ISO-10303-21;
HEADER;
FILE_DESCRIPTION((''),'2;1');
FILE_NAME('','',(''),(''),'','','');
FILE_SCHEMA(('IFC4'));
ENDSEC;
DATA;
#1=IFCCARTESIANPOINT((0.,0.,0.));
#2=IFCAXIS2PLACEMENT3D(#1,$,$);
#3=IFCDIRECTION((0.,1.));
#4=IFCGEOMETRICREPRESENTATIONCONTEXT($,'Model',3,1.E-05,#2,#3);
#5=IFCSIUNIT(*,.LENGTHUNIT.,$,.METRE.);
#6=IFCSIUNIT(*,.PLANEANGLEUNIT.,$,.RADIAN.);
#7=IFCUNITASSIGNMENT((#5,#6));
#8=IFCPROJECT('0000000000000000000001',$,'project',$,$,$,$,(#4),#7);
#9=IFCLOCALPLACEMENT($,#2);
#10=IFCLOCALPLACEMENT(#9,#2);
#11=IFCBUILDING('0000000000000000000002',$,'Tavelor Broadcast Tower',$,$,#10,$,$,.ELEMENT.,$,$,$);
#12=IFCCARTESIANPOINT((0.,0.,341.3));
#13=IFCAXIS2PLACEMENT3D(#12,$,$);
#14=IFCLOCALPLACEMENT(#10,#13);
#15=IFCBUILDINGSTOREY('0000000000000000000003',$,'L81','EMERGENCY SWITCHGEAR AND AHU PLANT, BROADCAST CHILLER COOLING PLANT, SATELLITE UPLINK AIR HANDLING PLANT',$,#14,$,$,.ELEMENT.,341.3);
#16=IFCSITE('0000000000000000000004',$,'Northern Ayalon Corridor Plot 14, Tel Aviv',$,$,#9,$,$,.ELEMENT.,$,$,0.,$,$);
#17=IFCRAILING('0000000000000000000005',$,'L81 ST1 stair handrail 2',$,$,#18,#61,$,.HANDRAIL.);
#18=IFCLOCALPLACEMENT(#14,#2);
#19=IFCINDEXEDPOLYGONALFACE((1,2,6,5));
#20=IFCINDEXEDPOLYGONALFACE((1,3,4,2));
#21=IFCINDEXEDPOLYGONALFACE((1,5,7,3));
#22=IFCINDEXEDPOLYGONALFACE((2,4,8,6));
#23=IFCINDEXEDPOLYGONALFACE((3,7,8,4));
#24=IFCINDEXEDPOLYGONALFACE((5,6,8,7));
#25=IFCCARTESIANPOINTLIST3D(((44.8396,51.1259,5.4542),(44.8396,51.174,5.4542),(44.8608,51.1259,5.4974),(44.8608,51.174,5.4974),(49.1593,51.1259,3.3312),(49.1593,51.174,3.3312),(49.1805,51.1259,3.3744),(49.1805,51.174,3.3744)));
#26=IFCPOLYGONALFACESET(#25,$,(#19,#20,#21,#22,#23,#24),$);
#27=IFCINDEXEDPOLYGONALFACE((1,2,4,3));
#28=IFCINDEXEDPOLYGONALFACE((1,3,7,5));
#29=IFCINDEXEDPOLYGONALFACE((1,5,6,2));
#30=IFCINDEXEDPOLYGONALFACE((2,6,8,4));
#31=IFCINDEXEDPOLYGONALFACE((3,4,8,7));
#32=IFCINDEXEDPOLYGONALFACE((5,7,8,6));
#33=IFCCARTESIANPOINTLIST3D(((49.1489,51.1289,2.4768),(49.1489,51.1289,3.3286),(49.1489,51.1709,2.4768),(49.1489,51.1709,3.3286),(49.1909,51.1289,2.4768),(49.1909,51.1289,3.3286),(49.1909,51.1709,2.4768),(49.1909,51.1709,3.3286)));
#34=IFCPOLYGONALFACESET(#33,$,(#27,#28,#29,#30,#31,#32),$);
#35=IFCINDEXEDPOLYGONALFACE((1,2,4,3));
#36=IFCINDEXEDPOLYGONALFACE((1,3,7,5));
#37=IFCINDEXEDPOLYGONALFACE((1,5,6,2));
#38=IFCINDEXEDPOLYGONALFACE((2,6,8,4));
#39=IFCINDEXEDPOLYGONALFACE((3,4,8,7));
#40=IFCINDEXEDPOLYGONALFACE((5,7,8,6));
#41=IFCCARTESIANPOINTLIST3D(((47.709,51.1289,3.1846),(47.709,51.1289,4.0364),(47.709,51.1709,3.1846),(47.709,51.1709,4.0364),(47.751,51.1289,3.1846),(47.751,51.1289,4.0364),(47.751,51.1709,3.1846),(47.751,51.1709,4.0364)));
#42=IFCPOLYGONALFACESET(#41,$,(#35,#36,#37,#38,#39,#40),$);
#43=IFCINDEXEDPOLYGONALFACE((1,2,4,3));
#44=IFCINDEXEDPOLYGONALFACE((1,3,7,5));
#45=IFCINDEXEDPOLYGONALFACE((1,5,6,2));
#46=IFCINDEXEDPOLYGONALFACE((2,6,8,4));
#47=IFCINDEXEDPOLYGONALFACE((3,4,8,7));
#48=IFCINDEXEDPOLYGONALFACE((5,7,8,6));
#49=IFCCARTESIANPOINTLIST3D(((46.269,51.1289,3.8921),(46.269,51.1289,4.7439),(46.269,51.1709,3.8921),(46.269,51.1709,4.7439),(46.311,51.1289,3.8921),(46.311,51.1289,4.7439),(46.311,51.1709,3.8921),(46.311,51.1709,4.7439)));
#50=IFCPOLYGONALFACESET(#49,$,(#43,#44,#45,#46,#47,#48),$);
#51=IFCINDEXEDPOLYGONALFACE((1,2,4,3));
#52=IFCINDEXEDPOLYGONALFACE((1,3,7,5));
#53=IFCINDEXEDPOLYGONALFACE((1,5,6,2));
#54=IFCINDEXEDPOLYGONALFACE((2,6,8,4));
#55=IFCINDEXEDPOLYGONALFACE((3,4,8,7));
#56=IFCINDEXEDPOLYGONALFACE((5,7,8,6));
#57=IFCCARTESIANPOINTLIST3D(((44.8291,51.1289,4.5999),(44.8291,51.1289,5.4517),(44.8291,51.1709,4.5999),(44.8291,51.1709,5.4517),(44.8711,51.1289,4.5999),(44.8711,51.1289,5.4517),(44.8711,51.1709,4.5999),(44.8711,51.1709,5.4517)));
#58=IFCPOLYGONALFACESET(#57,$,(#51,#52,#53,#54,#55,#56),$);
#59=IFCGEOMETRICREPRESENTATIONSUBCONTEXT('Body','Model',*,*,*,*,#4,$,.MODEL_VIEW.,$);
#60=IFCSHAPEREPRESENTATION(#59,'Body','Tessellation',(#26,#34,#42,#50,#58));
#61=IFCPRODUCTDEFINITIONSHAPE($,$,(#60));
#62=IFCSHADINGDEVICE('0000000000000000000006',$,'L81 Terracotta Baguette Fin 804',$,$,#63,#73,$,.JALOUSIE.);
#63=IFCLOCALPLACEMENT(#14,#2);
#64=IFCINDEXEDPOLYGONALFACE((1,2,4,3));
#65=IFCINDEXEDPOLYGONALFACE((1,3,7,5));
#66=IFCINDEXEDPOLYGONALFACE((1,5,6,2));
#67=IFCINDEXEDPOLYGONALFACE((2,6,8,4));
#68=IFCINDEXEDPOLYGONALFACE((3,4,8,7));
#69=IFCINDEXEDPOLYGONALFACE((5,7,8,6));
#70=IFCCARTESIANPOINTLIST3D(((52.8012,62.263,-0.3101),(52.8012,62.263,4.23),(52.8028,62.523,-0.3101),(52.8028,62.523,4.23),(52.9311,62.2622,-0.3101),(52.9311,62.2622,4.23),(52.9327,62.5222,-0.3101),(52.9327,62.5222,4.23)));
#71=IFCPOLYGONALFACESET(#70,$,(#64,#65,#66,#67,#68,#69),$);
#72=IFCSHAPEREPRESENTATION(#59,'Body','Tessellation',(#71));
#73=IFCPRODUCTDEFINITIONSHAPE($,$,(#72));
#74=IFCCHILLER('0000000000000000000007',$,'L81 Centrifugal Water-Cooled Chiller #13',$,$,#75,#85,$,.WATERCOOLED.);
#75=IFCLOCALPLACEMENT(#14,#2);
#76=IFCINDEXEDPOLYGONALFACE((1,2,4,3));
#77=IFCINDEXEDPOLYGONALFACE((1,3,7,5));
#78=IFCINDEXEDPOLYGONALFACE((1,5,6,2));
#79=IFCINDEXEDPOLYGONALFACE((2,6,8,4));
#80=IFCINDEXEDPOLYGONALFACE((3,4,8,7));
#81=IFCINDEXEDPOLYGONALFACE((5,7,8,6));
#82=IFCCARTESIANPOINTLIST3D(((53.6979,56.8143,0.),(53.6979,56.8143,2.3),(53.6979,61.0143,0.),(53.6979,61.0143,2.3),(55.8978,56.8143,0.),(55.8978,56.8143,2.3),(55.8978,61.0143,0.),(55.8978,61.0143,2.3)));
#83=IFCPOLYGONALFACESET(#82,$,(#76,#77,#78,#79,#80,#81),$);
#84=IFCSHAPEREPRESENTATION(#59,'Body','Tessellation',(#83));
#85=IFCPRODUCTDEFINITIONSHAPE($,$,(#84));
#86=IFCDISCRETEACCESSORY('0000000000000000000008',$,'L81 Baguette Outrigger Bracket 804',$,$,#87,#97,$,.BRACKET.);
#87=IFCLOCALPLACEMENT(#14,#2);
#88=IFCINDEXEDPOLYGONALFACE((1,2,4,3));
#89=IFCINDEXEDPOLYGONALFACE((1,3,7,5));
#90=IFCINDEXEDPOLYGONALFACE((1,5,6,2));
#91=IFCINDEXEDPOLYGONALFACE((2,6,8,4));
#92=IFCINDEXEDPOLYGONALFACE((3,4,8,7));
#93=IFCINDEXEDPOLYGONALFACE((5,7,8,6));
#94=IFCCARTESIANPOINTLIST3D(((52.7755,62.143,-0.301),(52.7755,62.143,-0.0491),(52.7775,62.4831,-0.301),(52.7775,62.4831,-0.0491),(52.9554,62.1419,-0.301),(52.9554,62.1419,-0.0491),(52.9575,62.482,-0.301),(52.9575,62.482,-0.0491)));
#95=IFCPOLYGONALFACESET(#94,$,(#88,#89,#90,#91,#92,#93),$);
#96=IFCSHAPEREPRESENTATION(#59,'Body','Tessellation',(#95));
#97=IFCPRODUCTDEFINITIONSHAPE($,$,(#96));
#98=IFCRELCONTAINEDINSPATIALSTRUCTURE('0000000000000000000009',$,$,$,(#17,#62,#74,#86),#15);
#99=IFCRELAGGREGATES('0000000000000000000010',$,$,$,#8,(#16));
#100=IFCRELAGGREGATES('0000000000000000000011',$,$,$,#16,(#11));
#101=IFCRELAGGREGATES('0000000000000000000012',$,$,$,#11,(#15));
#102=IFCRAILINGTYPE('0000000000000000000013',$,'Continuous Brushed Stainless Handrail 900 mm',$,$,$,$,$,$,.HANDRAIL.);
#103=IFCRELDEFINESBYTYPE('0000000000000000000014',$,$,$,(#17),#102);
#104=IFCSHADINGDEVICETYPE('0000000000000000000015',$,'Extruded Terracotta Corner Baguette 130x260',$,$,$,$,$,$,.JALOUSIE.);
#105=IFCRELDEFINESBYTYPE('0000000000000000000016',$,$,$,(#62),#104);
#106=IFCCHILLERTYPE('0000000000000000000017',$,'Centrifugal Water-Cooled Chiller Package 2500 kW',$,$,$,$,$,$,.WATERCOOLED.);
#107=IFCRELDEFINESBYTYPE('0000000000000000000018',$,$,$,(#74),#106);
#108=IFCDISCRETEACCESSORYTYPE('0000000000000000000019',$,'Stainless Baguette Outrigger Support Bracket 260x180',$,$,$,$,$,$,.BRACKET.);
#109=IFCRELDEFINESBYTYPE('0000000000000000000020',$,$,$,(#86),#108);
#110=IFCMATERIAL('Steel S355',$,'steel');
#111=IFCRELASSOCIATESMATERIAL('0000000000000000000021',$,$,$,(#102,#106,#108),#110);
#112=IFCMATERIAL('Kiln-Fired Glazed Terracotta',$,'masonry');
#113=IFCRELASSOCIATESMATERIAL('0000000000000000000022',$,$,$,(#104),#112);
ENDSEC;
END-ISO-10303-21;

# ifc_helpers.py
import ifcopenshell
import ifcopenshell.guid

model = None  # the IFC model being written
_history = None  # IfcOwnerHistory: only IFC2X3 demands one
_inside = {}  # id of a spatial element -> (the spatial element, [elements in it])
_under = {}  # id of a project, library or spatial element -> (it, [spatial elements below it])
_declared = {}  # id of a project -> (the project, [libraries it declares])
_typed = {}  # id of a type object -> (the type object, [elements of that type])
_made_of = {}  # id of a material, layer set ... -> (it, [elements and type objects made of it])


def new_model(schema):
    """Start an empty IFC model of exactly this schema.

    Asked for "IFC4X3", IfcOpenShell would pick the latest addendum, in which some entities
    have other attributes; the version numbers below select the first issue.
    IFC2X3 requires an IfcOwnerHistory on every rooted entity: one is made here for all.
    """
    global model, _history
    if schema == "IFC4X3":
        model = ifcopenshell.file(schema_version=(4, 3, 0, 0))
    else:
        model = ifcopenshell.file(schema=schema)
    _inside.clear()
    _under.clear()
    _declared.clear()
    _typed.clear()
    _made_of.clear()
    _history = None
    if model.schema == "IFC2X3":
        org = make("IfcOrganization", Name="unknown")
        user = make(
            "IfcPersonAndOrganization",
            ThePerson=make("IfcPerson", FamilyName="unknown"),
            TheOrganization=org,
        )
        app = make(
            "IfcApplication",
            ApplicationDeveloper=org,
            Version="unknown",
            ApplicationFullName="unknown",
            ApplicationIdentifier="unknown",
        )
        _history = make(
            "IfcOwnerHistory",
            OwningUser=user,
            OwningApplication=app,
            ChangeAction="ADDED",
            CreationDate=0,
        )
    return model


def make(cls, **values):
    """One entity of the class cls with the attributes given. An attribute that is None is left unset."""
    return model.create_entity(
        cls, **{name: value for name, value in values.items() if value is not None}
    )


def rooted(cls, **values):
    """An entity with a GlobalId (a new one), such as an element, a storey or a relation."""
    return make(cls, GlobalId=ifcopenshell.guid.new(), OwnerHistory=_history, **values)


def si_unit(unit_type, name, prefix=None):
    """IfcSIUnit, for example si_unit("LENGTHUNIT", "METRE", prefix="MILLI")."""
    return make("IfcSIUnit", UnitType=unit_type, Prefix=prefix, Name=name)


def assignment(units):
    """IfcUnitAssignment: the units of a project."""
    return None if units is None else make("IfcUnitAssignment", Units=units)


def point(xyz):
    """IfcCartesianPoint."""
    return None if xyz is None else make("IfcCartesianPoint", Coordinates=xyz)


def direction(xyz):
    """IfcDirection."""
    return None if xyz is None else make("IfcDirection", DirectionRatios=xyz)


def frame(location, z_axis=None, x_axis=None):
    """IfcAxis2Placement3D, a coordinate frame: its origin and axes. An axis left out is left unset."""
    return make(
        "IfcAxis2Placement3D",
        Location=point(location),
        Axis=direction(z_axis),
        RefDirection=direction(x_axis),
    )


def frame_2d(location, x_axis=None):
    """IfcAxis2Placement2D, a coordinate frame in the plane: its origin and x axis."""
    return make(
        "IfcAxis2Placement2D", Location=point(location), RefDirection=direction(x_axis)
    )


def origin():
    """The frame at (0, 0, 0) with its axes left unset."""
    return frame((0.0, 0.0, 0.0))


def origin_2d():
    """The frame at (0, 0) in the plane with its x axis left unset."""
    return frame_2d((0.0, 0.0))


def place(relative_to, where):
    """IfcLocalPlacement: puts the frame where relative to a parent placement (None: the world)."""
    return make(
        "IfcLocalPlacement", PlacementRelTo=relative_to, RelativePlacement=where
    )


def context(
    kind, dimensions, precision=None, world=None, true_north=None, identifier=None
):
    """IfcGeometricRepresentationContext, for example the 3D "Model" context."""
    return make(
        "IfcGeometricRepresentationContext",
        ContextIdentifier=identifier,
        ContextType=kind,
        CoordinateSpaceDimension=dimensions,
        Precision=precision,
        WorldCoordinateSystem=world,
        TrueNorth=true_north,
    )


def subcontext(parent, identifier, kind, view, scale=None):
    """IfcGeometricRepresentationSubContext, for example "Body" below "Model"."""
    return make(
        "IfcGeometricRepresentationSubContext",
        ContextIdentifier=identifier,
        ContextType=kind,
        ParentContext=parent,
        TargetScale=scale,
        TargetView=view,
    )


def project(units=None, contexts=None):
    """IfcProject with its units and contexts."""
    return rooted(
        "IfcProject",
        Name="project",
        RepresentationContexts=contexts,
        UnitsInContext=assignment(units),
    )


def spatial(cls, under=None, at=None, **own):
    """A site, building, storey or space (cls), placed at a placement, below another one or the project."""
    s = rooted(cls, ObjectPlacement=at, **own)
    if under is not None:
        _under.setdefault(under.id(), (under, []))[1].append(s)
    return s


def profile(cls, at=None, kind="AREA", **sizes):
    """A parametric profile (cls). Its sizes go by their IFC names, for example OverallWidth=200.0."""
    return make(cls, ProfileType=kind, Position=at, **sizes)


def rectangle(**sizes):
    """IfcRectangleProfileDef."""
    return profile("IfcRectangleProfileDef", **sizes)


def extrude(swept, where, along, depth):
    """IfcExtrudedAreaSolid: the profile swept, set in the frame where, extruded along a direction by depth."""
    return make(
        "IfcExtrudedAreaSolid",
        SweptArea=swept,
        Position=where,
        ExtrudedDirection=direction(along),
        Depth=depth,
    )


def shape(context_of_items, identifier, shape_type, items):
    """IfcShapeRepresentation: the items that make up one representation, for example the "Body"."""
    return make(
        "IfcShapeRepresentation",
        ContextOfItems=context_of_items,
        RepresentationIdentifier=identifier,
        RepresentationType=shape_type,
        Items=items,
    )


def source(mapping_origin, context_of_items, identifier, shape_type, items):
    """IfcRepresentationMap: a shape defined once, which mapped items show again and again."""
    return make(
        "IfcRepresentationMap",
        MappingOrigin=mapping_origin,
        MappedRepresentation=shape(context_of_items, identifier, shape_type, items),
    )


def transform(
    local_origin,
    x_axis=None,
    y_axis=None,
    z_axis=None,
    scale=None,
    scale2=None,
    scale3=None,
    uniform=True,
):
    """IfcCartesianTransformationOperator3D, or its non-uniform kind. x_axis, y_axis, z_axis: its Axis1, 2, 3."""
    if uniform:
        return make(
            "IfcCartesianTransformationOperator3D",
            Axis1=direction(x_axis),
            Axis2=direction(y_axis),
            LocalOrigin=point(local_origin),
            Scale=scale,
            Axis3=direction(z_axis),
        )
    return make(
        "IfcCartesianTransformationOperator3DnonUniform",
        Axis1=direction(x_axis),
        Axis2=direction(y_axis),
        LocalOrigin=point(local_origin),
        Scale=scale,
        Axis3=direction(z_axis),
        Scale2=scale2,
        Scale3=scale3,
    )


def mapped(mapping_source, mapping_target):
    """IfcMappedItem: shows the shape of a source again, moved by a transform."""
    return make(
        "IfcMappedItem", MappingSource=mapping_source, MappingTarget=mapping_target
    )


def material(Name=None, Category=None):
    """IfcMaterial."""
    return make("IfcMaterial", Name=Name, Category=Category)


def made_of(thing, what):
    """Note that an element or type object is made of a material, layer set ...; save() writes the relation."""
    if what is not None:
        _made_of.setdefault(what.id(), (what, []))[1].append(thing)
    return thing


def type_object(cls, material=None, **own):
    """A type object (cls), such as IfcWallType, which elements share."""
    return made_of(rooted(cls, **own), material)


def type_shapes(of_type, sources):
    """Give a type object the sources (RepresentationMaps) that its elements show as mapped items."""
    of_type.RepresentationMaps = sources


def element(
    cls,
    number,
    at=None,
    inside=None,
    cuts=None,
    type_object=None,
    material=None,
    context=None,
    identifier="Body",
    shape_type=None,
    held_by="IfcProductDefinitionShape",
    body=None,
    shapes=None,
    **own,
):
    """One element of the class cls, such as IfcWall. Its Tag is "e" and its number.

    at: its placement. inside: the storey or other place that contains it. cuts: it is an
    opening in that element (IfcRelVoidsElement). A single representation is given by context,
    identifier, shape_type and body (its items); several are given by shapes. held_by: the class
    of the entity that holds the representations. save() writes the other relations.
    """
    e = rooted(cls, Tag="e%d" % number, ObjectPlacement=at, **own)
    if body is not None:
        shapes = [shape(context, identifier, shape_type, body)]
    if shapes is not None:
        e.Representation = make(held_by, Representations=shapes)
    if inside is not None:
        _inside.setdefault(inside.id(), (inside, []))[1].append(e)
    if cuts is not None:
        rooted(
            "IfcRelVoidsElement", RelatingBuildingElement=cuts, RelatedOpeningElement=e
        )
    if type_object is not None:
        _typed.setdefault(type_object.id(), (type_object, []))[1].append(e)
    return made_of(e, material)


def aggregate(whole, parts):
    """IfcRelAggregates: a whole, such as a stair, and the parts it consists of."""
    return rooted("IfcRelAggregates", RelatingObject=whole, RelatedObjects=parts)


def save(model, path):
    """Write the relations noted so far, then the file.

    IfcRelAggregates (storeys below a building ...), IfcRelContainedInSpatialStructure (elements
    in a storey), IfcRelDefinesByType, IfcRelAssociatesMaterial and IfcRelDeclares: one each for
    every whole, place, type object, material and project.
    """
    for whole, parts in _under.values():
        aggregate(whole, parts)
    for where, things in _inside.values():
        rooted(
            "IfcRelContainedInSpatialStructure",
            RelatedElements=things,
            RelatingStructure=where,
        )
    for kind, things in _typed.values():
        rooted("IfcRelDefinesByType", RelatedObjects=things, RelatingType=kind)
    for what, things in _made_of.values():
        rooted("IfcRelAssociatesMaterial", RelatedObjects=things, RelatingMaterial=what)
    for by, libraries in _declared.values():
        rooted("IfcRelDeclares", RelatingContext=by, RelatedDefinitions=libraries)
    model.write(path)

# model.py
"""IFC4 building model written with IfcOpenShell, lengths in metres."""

from ifc_helpers import new_model, si_unit, direction, frame, origin, origin_2d, place, context, subcontext, project, spatial, rectangle, extrude, source, transform, mapped, material, type_object, type_shapes, element, save


model = new_model("IFC4")

# Units and contexts
model_context = context("Model", 3, precision=1e-05, world=origin(), true_north=direction((0.0, 1.0)))
body_context = subcontext(model_context, "Body", "Model", "MODEL_VIEW")
ifc_project = project(units=[si_unit("LENGTHUNIT", "METRE"), si_unit("PLANEANGLEUNIT", "RADIAN")], contexts=[model_context])

# Site, building, storey
site_placement = place(None, origin())
site = spatial("IfcSite", under=ifc_project, at=site_placement, Name="Northern Ayalon Corridor Plot 14, Tel Aviv", CompositionType="ELEMENT", RefElevation=0.0)
building_placement = place(site_placement, origin())
building = spatial("IfcBuilding", under=site, at=building_placement, Name="Tavelor Broadcast Tower", CompositionType="ELEMENT")
storey_placement = place(building_placement, frame((0.0, 0.0, 341.3)))
storey = spatial("IfcBuildingStorey", under=building, at=storey_placement, Name="L81", Description="EMERGENCY SWITCHGEAR AND AHU PLANT, BROADCAST CHILLER COOLING PLANT, SATELLITE UPLINK AIR HANDLING PLANT", CompositionType="ELEMENT", Elevation=341.3)

# Shared definitions
ifc_material_1 = material(Name="Steel S355", Category="steel")

# Railing
railing_type = type_object("IfcRailingType", Name="Continuous Brushed Stainless Handrail 900 mm", PredefinedType="HANDRAIL", material=ifc_material_1)
railing_placement = place(storey_placement, frame((49.1699, 51.1499, 2.4768)))
element("IfcRailing", 1, at=railing_placement, inside=storey, type_object=railing_type, Name="L81 ST1 stair handrail 2", PredefinedType="HANDRAIL", context=body_context, shape_type="SweptSolid", body=[
    extrude(rectangle(XDim=0.0481, YDim=0.0481, at=origin_2d()), frame((0.0, 0.0, 0.876), z_axis=(-0.89747, 0.0, 0.441076), x_axis=(0.0, -1.0, 0.0)), (0.0, 0.0, 1.0), 4.8132),
    extrude(rectangle(XDim=0.042, YDim=0.042, at=origin_2d()), origin(), (0.0, 0.0, 1.0), 0.8518),
    extrude(rectangle(XDim=0.042, YDim=0.042, at=origin_2d()), frame((-1.4399, 0.0, 0.7078)), (0.0, 0.0, 1.0), 0.8518),
    extrude(rectangle(XDim=0.042, YDim=0.042, at=origin_2d()), frame((-2.8799, 0.0, 1.4153)), (0.0, 0.0, 1.0), 0.8518),
    extrude(rectangle(XDim=0.042, YDim=0.042, at=origin_2d()), frame((-4.3198, 0.0, 2.123)), (0.0, 0.0, 1.0), 0.8518),
])

# Shading device
ifc_material_2 = material(Name="Kiln-Fired Glazed Terracotta", Category="masonry")
shading_device_type = type_object("IfcShadingDeviceType", Name="Extruded Terracotta Corner Baguette 130x260", PredefinedType="JALOUSIE", material=ifc_material_2)
shared_shape_1 = source(origin(), body_context, "Body", "SweptSolid", [
    extrude(rectangle(XDim=0.1299, YDim=0.26, at=origin_2d()), origin(), (0.0, 0.0, 1.0), 4.54),
])
type_shapes(shading_device_type, [shared_shape_1])
shading_device_placement = place(storey_placement, frame((52.8669, 62.3926, -0.3101), z_axis=(0.0, 0.0, 1.0), x_axis=(-0.999981, 0.006109, 0.0)))
element("IfcShadingDevice", 2, at=shading_device_placement, inside=storey, type_object=shading_device_type, Name="L81 Terracotta Baguette Fin 804", PredefinedType="JALOUSIE", context=body_context, shape_type="MappedRepresentation", body=[
    mapped(shared_shape_1, transform((0.0, 0.0, 0.0), scale=1.0)),
])

# Chiller
chiller_type = type_object("IfcChillerType", Name="Centrifugal Water-Cooled Chiller Package 2500 kW", PredefinedType="WATERCOOLED", material=ifc_material_1)
chiller_placement = place(storey_placement, frame((54.7979, 58.9143, 0.0), z_axis=(0.0, 0.0, 1.0), x_axis=(1.0, 0.0, 0.0)))
element("IfcChiller", 3, at=chiller_placement, inside=storey, type_object=chiller_type, Name="L81 Centrifugal Water-Cooled Chiller #13", PredefinedType="WATERCOOLED", context=body_context, shape_type="SweptSolid", body=[
    extrude(rectangle(XDim=2.2, YDim=4.2, at=origin_2d()), origin(), (0.0, 0.0, 1.0), 2.3),
])

# Discrete accessory
discrete_accessory_type = type_object("IfcDiscreteAccessoryType", Name="Stainless Baguette Outrigger Support Bracket 260x180", PredefinedType="BRACKET", material=ifc_material_1)
shared_shape_2 = source(origin(), body_context, "Body", "SweptSolid", [
    extrude(rectangle(XDim=0.1799, YDim=0.3401, at=origin_2d()), origin(), (0.0, 0.0, 1.0), 0.252),
])
type_shapes(discrete_accessory_type, [shared_shape_2])
discrete_accessory_placement = place(storey_placement, frame((52.8665, 62.3125, -0.301), z_axis=(0.0, 0.0, 1.0), x_axis=(-0.999981, 0.006109, 0.0)))
element("IfcDiscreteAccessory", 4, at=discrete_accessory_placement, inside=storey, type_object=discrete_accessory_type, Name="L81 Baguette Outrigger Bracket 804", PredefinedType="BRACKET", context=body_context, shape_type="MappedRepresentation", body=[
    mapped(shared_shape_2, transform((0.0, 0.0, 0.0), scale=1.0)),
])

save(model, "model.ifc")
